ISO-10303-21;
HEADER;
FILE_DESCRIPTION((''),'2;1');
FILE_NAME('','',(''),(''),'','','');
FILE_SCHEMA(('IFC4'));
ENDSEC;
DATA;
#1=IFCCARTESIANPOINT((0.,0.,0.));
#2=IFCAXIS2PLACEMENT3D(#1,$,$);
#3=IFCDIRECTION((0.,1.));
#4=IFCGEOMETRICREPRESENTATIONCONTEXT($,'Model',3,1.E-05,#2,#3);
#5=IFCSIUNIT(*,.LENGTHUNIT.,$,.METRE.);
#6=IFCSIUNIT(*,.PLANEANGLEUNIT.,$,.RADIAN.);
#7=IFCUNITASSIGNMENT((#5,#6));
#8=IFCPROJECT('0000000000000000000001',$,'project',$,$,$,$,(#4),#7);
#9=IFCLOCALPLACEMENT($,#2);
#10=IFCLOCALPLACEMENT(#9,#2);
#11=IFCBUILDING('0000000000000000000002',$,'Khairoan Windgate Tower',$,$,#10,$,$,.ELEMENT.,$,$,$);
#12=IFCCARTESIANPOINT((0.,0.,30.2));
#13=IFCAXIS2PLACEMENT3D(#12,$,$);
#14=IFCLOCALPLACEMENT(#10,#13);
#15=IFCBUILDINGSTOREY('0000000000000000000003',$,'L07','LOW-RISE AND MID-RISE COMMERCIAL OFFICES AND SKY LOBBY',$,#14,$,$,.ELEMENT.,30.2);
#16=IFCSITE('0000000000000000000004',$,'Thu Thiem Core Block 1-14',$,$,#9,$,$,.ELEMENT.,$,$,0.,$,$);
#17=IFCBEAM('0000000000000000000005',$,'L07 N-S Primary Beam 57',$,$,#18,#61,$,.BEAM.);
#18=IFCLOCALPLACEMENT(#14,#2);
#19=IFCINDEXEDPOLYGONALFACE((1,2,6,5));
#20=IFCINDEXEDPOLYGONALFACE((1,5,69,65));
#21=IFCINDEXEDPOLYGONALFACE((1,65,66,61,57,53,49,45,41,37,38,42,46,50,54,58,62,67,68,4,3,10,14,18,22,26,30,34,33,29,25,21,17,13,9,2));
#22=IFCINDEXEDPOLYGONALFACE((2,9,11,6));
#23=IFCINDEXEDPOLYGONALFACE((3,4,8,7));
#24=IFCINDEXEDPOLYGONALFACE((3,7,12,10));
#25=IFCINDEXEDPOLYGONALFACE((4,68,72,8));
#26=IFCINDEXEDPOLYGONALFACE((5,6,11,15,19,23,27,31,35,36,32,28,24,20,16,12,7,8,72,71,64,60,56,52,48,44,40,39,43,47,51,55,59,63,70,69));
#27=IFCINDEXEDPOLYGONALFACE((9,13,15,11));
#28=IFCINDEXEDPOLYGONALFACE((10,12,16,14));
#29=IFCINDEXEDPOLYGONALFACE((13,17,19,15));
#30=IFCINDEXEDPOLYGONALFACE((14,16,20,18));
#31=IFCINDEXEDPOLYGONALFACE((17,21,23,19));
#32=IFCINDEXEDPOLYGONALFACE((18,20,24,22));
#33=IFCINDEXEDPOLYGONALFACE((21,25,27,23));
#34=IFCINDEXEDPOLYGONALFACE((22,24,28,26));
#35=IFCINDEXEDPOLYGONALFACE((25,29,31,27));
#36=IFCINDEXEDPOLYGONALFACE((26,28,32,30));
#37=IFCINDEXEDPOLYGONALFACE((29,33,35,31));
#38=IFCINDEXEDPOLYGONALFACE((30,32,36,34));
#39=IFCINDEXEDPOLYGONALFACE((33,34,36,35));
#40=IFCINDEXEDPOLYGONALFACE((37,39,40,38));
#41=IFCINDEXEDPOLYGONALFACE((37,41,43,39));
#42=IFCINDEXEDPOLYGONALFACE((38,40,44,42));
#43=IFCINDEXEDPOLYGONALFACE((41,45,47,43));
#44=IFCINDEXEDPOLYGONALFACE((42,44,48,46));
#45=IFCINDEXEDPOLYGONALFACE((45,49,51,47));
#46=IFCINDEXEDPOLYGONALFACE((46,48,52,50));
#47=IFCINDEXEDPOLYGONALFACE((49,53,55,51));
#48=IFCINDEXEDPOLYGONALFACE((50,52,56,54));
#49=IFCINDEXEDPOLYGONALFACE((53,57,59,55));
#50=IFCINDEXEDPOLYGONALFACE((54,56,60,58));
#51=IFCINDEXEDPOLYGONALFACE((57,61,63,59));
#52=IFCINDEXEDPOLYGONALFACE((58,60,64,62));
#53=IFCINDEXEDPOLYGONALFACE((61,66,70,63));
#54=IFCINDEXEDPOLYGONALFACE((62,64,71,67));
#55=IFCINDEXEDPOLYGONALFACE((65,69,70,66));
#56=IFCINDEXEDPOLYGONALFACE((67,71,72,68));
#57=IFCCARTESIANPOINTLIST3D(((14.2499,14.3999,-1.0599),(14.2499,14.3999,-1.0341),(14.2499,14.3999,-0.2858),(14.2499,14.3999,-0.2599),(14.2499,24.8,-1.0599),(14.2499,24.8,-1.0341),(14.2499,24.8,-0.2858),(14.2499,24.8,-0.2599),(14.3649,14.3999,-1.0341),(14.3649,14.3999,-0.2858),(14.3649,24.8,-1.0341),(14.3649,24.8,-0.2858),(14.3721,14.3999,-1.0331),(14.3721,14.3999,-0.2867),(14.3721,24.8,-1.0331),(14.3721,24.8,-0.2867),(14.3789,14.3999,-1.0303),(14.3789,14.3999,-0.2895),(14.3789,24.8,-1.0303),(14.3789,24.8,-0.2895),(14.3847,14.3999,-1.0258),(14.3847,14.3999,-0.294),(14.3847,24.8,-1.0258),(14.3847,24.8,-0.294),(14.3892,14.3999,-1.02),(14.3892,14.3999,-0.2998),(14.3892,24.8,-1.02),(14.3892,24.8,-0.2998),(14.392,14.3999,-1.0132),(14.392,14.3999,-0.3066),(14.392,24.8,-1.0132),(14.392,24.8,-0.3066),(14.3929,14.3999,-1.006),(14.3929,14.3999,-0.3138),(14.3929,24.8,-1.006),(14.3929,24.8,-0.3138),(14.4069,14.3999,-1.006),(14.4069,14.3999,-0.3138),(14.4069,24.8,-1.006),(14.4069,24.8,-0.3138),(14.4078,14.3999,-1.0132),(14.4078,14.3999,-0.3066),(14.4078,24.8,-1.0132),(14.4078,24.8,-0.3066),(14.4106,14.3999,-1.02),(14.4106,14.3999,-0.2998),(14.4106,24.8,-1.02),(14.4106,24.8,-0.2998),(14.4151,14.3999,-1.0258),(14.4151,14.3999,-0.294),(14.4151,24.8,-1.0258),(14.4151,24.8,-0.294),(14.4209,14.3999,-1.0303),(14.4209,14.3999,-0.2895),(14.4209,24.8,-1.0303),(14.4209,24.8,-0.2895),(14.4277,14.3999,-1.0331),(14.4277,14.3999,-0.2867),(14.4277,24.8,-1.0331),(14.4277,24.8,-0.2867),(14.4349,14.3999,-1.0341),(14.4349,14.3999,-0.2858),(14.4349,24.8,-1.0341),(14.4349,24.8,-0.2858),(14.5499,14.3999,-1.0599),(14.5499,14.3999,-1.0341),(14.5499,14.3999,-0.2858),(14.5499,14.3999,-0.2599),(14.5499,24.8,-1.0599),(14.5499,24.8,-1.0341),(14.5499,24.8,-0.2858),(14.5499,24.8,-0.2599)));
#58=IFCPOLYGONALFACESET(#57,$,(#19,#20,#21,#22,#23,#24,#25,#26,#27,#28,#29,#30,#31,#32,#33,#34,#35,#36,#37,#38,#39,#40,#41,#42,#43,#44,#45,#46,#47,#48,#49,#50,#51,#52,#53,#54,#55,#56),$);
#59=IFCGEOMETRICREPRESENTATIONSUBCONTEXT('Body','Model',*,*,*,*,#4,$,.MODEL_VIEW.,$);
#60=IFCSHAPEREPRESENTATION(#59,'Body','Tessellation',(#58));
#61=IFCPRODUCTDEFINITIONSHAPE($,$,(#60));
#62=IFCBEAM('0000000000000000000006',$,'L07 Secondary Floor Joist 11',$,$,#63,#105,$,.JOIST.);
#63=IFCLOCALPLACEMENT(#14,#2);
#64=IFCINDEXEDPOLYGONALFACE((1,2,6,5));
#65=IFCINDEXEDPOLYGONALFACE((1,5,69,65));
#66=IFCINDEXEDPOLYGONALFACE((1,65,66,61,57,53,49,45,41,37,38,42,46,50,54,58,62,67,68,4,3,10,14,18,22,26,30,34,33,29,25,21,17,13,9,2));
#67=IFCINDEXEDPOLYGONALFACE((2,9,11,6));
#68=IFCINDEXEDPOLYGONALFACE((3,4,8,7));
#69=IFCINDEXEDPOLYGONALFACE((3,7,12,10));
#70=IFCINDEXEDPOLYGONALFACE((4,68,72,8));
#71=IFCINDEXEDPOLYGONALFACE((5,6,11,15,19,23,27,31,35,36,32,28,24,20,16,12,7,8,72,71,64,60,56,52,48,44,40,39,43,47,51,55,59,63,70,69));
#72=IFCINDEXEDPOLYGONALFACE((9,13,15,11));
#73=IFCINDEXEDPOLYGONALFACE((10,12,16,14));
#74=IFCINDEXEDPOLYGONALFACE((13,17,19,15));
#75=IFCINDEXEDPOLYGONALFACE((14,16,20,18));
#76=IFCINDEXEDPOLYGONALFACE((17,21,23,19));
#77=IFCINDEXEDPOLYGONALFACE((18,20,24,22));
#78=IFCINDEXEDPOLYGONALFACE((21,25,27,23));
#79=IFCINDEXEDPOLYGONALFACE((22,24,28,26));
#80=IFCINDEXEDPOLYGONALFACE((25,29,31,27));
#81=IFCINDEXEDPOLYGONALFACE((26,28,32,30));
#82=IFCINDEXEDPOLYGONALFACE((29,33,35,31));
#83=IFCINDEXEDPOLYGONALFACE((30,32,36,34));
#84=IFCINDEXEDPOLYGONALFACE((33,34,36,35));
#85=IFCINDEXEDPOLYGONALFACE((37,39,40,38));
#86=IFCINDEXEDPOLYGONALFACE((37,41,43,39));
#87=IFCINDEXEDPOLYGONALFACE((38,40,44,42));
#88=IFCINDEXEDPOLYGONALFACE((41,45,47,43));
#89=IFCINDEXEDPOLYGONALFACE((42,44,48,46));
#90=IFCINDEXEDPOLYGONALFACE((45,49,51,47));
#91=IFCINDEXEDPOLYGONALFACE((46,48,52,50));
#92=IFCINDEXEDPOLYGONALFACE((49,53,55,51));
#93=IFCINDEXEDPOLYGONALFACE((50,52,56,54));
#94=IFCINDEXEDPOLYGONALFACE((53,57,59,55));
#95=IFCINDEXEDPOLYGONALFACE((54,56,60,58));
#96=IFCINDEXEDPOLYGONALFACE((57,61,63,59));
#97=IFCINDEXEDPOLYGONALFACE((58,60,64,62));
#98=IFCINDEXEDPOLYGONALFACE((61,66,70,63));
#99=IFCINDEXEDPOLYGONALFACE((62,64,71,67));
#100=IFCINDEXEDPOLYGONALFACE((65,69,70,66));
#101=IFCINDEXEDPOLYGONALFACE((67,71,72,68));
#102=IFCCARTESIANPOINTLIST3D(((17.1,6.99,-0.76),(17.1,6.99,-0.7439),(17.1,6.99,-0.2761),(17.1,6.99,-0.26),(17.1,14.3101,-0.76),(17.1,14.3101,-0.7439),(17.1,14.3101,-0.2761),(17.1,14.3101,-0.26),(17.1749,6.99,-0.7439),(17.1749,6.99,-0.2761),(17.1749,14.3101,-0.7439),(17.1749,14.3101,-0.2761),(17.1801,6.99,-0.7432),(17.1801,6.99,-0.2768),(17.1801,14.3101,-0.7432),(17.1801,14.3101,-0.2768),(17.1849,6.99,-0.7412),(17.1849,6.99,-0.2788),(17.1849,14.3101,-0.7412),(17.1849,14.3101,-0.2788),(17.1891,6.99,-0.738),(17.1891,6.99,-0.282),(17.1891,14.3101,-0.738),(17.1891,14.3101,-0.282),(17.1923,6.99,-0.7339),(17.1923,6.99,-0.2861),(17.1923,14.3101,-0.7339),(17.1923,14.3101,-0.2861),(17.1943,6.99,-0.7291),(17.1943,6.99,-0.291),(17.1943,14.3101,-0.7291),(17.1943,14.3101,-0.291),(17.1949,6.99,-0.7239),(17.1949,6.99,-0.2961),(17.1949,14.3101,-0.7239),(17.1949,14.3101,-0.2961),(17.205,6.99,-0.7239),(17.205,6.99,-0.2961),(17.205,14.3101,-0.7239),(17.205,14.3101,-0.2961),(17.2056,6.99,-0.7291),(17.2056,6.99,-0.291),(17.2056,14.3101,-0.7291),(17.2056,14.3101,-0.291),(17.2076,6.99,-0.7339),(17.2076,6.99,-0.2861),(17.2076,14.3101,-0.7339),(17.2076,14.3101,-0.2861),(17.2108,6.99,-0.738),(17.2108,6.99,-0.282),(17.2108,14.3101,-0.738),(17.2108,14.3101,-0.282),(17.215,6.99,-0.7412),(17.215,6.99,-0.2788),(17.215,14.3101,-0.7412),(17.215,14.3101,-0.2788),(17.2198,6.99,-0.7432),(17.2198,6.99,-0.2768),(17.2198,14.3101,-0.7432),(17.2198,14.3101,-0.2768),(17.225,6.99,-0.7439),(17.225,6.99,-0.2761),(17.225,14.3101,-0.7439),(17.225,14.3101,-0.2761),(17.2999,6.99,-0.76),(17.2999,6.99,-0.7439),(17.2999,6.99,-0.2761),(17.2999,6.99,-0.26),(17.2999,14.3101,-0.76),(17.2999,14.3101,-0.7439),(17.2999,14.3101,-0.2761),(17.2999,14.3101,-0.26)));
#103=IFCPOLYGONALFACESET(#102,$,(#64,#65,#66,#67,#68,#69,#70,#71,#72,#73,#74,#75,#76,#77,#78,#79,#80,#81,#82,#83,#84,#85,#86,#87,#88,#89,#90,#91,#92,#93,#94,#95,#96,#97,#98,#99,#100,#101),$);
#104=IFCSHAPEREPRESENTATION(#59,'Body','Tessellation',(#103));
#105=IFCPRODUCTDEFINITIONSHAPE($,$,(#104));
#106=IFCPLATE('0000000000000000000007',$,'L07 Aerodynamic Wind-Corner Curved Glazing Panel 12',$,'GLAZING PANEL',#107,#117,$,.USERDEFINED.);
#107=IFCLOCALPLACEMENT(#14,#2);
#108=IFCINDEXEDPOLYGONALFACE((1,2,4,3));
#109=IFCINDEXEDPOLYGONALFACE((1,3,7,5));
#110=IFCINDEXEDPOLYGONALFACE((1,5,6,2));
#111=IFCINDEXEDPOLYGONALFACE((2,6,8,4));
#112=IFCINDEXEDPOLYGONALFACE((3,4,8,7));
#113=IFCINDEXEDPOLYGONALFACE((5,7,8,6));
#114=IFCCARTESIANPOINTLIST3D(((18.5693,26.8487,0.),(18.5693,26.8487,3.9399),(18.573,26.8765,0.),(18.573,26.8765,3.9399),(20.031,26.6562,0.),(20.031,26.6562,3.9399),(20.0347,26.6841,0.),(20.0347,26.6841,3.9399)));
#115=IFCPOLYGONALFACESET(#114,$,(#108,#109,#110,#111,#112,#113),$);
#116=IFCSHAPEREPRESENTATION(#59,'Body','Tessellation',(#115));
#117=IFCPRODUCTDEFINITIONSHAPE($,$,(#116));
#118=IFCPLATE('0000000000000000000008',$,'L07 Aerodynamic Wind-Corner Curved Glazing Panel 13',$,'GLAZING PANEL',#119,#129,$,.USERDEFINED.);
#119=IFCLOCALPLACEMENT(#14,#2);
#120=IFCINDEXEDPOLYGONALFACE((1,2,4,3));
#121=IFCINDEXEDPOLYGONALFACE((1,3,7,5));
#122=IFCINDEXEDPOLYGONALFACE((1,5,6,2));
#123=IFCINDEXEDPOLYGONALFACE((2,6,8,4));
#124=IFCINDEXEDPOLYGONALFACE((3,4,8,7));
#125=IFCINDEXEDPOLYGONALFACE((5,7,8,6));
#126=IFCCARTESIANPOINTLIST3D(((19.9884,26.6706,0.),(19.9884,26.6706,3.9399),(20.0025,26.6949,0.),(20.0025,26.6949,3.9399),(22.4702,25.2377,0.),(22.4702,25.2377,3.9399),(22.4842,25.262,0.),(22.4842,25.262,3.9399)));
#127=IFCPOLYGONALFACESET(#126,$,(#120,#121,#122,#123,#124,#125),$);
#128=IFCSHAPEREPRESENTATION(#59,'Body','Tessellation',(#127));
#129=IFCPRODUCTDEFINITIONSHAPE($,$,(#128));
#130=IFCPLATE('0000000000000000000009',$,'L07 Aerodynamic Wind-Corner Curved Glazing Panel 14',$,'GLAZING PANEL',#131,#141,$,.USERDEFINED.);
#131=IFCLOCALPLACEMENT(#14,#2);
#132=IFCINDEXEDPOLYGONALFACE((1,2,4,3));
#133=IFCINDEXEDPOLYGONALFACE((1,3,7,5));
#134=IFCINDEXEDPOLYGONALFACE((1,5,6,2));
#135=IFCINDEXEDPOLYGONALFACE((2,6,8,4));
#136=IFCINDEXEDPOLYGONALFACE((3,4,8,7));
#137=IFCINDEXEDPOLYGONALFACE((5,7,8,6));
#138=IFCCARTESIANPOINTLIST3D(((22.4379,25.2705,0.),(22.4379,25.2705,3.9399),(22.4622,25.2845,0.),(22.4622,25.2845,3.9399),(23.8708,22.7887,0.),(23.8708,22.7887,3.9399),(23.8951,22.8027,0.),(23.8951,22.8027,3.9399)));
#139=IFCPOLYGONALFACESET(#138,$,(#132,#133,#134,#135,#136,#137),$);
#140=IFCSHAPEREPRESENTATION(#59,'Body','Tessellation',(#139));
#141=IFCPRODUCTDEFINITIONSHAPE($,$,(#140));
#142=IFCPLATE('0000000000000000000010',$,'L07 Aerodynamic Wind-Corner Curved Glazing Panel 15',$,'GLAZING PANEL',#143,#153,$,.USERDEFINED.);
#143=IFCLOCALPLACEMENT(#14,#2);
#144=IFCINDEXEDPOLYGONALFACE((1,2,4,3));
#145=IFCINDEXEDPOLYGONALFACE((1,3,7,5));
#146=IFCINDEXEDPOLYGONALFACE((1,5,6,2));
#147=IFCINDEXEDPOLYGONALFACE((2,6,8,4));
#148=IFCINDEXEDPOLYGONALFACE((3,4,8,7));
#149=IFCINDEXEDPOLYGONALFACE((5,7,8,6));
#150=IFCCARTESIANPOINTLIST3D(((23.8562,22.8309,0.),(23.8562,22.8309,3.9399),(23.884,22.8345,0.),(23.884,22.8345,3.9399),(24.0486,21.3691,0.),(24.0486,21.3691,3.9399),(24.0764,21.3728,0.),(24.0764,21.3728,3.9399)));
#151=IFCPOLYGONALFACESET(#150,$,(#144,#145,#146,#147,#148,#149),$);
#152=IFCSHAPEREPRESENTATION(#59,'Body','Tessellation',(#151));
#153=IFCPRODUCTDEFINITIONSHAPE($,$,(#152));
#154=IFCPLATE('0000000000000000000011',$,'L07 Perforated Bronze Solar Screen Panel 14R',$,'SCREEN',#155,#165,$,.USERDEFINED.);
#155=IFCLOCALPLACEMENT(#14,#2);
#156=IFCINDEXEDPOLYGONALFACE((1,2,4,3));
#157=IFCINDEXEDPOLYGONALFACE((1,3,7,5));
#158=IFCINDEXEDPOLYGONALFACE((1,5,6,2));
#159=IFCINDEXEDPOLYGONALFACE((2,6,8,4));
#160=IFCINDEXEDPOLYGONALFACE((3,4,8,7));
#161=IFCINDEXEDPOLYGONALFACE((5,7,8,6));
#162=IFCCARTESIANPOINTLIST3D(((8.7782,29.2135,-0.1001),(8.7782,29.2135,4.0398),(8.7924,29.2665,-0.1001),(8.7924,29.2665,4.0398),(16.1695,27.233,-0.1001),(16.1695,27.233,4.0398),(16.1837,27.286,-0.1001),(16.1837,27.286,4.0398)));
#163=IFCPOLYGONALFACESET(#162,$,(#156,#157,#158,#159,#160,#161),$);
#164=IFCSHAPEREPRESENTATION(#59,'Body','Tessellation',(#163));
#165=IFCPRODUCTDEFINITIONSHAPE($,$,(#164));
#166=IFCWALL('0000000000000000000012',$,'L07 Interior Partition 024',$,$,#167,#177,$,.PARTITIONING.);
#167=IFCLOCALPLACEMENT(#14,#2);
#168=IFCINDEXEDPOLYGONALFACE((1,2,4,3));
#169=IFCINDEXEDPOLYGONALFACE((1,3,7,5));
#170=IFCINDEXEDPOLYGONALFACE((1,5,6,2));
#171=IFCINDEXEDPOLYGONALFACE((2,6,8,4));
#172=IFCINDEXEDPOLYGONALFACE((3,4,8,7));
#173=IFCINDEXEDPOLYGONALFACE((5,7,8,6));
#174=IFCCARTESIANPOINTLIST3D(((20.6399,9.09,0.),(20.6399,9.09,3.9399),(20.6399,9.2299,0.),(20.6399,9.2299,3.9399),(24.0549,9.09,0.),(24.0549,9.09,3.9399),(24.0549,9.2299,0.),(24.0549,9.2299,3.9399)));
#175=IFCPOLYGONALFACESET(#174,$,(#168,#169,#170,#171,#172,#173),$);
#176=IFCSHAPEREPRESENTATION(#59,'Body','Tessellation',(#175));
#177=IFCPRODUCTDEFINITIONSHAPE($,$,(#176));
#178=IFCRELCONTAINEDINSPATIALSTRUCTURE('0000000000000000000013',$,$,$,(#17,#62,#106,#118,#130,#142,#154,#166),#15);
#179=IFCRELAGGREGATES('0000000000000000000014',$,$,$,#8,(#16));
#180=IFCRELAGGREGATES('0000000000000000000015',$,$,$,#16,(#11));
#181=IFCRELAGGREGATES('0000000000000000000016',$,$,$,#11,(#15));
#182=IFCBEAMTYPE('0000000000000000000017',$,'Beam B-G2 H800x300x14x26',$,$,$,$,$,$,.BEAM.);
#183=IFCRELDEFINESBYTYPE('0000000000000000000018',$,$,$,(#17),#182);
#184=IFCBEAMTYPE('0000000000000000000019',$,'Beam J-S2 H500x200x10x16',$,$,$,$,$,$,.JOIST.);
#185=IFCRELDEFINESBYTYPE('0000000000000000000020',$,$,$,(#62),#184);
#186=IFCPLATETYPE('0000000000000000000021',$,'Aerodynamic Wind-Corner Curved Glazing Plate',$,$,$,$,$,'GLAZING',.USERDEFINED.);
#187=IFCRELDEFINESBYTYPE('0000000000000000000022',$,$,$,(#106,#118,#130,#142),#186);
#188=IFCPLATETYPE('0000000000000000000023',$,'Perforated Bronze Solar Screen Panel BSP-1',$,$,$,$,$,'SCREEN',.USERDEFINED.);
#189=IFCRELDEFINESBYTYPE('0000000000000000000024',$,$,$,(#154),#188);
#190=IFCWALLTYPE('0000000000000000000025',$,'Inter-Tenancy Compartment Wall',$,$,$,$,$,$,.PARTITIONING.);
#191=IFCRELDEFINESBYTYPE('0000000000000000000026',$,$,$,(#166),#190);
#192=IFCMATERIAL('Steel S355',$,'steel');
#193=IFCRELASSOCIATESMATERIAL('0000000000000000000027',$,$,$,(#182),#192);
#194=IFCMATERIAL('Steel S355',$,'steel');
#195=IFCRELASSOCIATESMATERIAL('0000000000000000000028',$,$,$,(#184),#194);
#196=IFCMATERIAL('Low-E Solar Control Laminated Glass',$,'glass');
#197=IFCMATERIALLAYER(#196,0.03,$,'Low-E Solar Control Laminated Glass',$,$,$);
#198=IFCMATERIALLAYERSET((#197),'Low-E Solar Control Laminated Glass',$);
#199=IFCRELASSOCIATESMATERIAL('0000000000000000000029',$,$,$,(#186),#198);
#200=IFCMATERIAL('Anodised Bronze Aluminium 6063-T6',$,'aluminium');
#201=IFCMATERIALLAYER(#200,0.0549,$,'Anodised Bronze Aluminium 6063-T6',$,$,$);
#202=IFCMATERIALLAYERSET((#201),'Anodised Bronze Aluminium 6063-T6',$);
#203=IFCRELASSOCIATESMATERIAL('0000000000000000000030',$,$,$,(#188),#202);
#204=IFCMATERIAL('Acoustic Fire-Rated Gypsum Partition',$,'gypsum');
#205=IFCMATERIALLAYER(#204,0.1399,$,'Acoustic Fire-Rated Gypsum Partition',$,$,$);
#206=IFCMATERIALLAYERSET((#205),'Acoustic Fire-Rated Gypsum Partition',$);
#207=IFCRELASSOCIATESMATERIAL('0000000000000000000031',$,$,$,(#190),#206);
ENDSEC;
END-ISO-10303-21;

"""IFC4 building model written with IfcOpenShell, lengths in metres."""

from ifc_helpers import new_model, si_unit, direction, frame, frame_2d, origin, origin_2d, place, context, subcontext, project, spatial, rectangle, i_section, extrude, material, layer, layer_set, material_profile, profile_set, type_object, element, save


model = new_model("IFC4")

# Units and contexts
model_context = context("Model", 3, precision=1e-05, world=origin(), true_north=direction((0.0, 1.0)))
body_context = subcontext(model_context, "Body", "Model", "MODEL_VIEW")
ifc_project = project(units=[si_unit("LENGTHUNIT", "METRE"), si_unit("PLANEANGLEUNIT", "RADIAN")], contexts=[model_context])

# Site, building, storey
site_placement = place(None, origin())
site = spatial("IfcSite", under=ifc_project, at=site_placement, Name="Thu Thiem Core Block 1-14", CompositionType="ELEMENT", RefElevation=0.0)
building_placement = place(site_placement, origin())
building = spatial("IfcBuilding", under=site, at=building_placement, Name="Khairoan Windgate Tower", CompositionType="ELEMENT")
storey_placement = place(building_placement, frame((0.0, 0.0, 30.2)))
storey = spatial("IfcBuildingStorey", under=building, at=storey_placement, Name="L07", Description="LOW-RISE AND MID-RISE COMMERCIAL OFFICES AND SKY LOBBY", CompositionType="ELEMENT", Elevation=30.2)

# Beams
ifc_material_1 = material(Name="Steel S355", Category="steel")
ifc_material_profile_1 = material_profile(ifc_material_1, i_section(OverallWidth=0.3, OverallDepth=0.8, WebThickness=0.0139, FlangeThickness=0.0259, FilletRadius=0.0281, at=origin_2d()))
ifc_profile_set_1 = profile_set([ifc_material_profile_1], Name="Steel S355")
beam_type_1 = type_object("IfcBeamType", Name="Beam B-G2 H800x300x14x26", PredefinedType="BEAM", material=ifc_profile_set_1)
beam_1_placement = place(storey_placement, frame((14.3999, 14.3999, -0.6599), z_axis=(0.0, 1.0, 0.0), x_axis=(-1.0, 0.0, 0.0)))
element("IfcBeam", 1, at=beam_1_placement, inside=storey, type_object=beam_type_1, Name="L07 N-S Primary Beam 57", PredefinedType="BEAM", context=body_context, shape_type="SweptSolid", body=[
    extrude(i_section(OverallWidth=0.3, OverallDepth=0.8, WebThickness=0.0139, FlangeThickness=0.0259, FilletRadius=0.0281, at=origin_2d()), origin(), (0.0, 0.0, 1.0), 10.4001),
])
ifc_material_2 = material(Name="Steel S355", Category="steel")
ifc_material_profile_2 = material_profile(ifc_material_2, i_section(OverallWidth=0.2, OverallDepth=0.5, WebThickness=0.01, FlangeThickness=0.0161, FilletRadius=0.02, at=origin_2d()))
ifc_profile_set_2 = profile_set([ifc_material_profile_2], Name="Steel S355")
beam_type_2 = type_object("IfcBeamType", Name="Beam J-S2 H500x200x10x16", PredefinedType="JOIST", material=ifc_profile_set_2)
beam_2_placement = place(storey_placement, frame((17.2, 6.99, -0.51), z_axis=(0.0, 1.0, 0.0), x_axis=(-1.0, 0.0, 0.0)))
element("IfcBeam", 2, at=beam_2_placement, inside=storey, type_object=beam_type_2, Name="L07 Secondary Floor Joist 11", PredefinedType="JOIST", context=body_context, shape_type="SweptSolid", body=[
    extrude(i_section(OverallWidth=0.2, OverallDepth=0.5, WebThickness=0.01, FlangeThickness=0.0161, FilletRadius=0.02, at=origin_2d()), origin(), (0.0, 0.0, 1.0), 7.3201),
])

# Plates
ifc_material_3 = material(Name="Low-E Solar Control Laminated Glass", Category="glass")
ifc_layer_1 = layer(ifc_material_3, 0.03, Name="Low-E Solar Control Laminated Glass")
ifc_layer_set_1 = layer_set([ifc_layer_1], Name="Low-E Solar Control Laminated Glass")
plate_type_1 = type_object("IfcPlateType", Name="Aerodynamic Wind-Corner Curved Glazing Plate", ElementType="GLAZING", PredefinedType="USERDEFINED", material=ifc_layer_set_1)
plate_1_placement = place(storey_placement, frame((19.302, 26.7664, 0.0), z_axis=(0.0, 0.0, 1.0), x_axis=(0.991445, -0.130526, 0.0)))
element("IfcPlate", 3, at=plate_1_placement, inside=storey, type_object=plate_type_1, Name="L07 Aerodynamic Wind-Corner Curved Glazing Panel 12", ObjectType="GLAZING PANEL", PredefinedType="USERDEFINED", context=body_context, shape_type="SweptSolid", body=[
    extrude(rectangle(XDim=1.4744, YDim=0.0281, at=origin_2d()), origin(), (0.0, 0.0, 1.0), 3.9399),
])
for number, where, z_axis, x_axis, name in (
    (4, (21.2363, 25.9663, 0.0), (0.0, 0.0, 1.0), (0.866025, -0.5, 0.0), "L07 Aerodynamic Wind-Corner Curved Glazing Panel 13"),
    (5, (23.1665, 24.0366, 0.0), (0.0, 0.0, 1.0), (0.5, -0.866025, 0.0), "L07 Aerodynamic Wind-Corner Curved Glazing Panel 14"),
):
    element("IfcPlate", number, at=place(storey_placement, frame(where, z_axis=z_axis, x_axis=x_axis)), inside=storey, type_object=plate_type_1, Name=name, ObjectType="GLAZING PANEL", PredefinedType="USERDEFINED", context=body_context, shape_type="SweptSolid", body=[
        extrude(rectangle(XDim=2.8657, YDim=0.0281, at=origin_2d()), origin(), (0.0, 0.0, 1.0), 3.9399),
    ])
plate_2_placement = place(storey_placement, frame((23.9663, 22.1018, 0.0), z_axis=(0.0, 0.0, 1.0), x_axis=(0.130526, -0.991445, 0.0)))
element("IfcPlate", 6, at=plate_2_placement, inside=storey, type_object=plate_type_1, Name="L07 Aerodynamic Wind-Corner Curved Glazing Panel 15", ObjectType="GLAZING PANEL", PredefinedType="USERDEFINED", context=body_context, shape_type="SweptSolid", body=[
    extrude(rectangle(XDim=1.4744, YDim=0.0281, at=origin_2d()), origin(), (0.0, 0.0, 1.0), 3.9399),
])

# Plate
ifc_material_4 = material(Name="Anodised Bronze Aluminium 6063-T6", Category="aluminium")
ifc_layer_2 = layer(ifc_material_4, 0.0549, Name="Anodised Bronze Aluminium 6063-T6")
ifc_layer_set_2 = layer_set([ifc_layer_2], Name="Anodised Bronze Aluminium 6063-T6")
plate_type_2 = type_object("IfcPlateType", Name="Perforated Bronze Solar Screen Panel BSP-1", ElementType="SCREEN", PredefinedType="USERDEFINED", material=ifc_layer_set_2)
plate_3_placement = place(storey_placement, frame((12.481, 28.2498, -0.1001), z_axis=(0.0, 0.0, 1.0), x_axis=(0.965926, -0.258819, 0.0)))
element("IfcPlate", 7, at=plate_3_placement, inside=storey, type_object=plate_type_2, Name="L07 Perforated Bronze Solar Screen Panel 14R", ObjectType="SCREEN", PredefinedType="USERDEFINED", context=body_context, shape_type="SweptSolid", body=[
    extrude(rectangle(XDim=7.6521, YDim=0.0549, at=origin_2d()), origin(), (0.0, 0.0, 1.0), 4.1399),
])

# Wall
ifc_material_5 = material(Name="Acoustic Fire-Rated Gypsum Partition", Category="gypsum")
ifc_layer_3 = layer(ifc_material_5, 0.1399, Name="Acoustic Fire-Rated Gypsum Partition")
ifc_layer_set_3 = layer_set([ifc_layer_3], Name="Acoustic Fire-Rated Gypsum Partition")
wall_type_1 = type_object("IfcWallType", Name="Inter-Tenancy Compartment Wall", PredefinedType="PARTITIONING", material=ifc_layer_set_3)
wall_1_placement = place(storey_placement, frame((20.6399, 9.1599, 0.0), z_axis=(0.0, 0.0, 1.0), x_axis=(1.0, 0.0, 0.0)))
element("IfcWall", 8, at=wall_1_placement, inside=storey, type_object=wall_type_1, Name="L07 Interior Partition 024", PredefinedType="PARTITIONING", context=body_context, shape_type="SweptSolid", body=[
    extrude(rectangle(XDim=3.415, YDim=0.1399, at=frame_2d((1.7075, 0.0))), origin(), (0.0, 0.0, 1.0), 3.9399),
])

save(model, "model.ifc")
